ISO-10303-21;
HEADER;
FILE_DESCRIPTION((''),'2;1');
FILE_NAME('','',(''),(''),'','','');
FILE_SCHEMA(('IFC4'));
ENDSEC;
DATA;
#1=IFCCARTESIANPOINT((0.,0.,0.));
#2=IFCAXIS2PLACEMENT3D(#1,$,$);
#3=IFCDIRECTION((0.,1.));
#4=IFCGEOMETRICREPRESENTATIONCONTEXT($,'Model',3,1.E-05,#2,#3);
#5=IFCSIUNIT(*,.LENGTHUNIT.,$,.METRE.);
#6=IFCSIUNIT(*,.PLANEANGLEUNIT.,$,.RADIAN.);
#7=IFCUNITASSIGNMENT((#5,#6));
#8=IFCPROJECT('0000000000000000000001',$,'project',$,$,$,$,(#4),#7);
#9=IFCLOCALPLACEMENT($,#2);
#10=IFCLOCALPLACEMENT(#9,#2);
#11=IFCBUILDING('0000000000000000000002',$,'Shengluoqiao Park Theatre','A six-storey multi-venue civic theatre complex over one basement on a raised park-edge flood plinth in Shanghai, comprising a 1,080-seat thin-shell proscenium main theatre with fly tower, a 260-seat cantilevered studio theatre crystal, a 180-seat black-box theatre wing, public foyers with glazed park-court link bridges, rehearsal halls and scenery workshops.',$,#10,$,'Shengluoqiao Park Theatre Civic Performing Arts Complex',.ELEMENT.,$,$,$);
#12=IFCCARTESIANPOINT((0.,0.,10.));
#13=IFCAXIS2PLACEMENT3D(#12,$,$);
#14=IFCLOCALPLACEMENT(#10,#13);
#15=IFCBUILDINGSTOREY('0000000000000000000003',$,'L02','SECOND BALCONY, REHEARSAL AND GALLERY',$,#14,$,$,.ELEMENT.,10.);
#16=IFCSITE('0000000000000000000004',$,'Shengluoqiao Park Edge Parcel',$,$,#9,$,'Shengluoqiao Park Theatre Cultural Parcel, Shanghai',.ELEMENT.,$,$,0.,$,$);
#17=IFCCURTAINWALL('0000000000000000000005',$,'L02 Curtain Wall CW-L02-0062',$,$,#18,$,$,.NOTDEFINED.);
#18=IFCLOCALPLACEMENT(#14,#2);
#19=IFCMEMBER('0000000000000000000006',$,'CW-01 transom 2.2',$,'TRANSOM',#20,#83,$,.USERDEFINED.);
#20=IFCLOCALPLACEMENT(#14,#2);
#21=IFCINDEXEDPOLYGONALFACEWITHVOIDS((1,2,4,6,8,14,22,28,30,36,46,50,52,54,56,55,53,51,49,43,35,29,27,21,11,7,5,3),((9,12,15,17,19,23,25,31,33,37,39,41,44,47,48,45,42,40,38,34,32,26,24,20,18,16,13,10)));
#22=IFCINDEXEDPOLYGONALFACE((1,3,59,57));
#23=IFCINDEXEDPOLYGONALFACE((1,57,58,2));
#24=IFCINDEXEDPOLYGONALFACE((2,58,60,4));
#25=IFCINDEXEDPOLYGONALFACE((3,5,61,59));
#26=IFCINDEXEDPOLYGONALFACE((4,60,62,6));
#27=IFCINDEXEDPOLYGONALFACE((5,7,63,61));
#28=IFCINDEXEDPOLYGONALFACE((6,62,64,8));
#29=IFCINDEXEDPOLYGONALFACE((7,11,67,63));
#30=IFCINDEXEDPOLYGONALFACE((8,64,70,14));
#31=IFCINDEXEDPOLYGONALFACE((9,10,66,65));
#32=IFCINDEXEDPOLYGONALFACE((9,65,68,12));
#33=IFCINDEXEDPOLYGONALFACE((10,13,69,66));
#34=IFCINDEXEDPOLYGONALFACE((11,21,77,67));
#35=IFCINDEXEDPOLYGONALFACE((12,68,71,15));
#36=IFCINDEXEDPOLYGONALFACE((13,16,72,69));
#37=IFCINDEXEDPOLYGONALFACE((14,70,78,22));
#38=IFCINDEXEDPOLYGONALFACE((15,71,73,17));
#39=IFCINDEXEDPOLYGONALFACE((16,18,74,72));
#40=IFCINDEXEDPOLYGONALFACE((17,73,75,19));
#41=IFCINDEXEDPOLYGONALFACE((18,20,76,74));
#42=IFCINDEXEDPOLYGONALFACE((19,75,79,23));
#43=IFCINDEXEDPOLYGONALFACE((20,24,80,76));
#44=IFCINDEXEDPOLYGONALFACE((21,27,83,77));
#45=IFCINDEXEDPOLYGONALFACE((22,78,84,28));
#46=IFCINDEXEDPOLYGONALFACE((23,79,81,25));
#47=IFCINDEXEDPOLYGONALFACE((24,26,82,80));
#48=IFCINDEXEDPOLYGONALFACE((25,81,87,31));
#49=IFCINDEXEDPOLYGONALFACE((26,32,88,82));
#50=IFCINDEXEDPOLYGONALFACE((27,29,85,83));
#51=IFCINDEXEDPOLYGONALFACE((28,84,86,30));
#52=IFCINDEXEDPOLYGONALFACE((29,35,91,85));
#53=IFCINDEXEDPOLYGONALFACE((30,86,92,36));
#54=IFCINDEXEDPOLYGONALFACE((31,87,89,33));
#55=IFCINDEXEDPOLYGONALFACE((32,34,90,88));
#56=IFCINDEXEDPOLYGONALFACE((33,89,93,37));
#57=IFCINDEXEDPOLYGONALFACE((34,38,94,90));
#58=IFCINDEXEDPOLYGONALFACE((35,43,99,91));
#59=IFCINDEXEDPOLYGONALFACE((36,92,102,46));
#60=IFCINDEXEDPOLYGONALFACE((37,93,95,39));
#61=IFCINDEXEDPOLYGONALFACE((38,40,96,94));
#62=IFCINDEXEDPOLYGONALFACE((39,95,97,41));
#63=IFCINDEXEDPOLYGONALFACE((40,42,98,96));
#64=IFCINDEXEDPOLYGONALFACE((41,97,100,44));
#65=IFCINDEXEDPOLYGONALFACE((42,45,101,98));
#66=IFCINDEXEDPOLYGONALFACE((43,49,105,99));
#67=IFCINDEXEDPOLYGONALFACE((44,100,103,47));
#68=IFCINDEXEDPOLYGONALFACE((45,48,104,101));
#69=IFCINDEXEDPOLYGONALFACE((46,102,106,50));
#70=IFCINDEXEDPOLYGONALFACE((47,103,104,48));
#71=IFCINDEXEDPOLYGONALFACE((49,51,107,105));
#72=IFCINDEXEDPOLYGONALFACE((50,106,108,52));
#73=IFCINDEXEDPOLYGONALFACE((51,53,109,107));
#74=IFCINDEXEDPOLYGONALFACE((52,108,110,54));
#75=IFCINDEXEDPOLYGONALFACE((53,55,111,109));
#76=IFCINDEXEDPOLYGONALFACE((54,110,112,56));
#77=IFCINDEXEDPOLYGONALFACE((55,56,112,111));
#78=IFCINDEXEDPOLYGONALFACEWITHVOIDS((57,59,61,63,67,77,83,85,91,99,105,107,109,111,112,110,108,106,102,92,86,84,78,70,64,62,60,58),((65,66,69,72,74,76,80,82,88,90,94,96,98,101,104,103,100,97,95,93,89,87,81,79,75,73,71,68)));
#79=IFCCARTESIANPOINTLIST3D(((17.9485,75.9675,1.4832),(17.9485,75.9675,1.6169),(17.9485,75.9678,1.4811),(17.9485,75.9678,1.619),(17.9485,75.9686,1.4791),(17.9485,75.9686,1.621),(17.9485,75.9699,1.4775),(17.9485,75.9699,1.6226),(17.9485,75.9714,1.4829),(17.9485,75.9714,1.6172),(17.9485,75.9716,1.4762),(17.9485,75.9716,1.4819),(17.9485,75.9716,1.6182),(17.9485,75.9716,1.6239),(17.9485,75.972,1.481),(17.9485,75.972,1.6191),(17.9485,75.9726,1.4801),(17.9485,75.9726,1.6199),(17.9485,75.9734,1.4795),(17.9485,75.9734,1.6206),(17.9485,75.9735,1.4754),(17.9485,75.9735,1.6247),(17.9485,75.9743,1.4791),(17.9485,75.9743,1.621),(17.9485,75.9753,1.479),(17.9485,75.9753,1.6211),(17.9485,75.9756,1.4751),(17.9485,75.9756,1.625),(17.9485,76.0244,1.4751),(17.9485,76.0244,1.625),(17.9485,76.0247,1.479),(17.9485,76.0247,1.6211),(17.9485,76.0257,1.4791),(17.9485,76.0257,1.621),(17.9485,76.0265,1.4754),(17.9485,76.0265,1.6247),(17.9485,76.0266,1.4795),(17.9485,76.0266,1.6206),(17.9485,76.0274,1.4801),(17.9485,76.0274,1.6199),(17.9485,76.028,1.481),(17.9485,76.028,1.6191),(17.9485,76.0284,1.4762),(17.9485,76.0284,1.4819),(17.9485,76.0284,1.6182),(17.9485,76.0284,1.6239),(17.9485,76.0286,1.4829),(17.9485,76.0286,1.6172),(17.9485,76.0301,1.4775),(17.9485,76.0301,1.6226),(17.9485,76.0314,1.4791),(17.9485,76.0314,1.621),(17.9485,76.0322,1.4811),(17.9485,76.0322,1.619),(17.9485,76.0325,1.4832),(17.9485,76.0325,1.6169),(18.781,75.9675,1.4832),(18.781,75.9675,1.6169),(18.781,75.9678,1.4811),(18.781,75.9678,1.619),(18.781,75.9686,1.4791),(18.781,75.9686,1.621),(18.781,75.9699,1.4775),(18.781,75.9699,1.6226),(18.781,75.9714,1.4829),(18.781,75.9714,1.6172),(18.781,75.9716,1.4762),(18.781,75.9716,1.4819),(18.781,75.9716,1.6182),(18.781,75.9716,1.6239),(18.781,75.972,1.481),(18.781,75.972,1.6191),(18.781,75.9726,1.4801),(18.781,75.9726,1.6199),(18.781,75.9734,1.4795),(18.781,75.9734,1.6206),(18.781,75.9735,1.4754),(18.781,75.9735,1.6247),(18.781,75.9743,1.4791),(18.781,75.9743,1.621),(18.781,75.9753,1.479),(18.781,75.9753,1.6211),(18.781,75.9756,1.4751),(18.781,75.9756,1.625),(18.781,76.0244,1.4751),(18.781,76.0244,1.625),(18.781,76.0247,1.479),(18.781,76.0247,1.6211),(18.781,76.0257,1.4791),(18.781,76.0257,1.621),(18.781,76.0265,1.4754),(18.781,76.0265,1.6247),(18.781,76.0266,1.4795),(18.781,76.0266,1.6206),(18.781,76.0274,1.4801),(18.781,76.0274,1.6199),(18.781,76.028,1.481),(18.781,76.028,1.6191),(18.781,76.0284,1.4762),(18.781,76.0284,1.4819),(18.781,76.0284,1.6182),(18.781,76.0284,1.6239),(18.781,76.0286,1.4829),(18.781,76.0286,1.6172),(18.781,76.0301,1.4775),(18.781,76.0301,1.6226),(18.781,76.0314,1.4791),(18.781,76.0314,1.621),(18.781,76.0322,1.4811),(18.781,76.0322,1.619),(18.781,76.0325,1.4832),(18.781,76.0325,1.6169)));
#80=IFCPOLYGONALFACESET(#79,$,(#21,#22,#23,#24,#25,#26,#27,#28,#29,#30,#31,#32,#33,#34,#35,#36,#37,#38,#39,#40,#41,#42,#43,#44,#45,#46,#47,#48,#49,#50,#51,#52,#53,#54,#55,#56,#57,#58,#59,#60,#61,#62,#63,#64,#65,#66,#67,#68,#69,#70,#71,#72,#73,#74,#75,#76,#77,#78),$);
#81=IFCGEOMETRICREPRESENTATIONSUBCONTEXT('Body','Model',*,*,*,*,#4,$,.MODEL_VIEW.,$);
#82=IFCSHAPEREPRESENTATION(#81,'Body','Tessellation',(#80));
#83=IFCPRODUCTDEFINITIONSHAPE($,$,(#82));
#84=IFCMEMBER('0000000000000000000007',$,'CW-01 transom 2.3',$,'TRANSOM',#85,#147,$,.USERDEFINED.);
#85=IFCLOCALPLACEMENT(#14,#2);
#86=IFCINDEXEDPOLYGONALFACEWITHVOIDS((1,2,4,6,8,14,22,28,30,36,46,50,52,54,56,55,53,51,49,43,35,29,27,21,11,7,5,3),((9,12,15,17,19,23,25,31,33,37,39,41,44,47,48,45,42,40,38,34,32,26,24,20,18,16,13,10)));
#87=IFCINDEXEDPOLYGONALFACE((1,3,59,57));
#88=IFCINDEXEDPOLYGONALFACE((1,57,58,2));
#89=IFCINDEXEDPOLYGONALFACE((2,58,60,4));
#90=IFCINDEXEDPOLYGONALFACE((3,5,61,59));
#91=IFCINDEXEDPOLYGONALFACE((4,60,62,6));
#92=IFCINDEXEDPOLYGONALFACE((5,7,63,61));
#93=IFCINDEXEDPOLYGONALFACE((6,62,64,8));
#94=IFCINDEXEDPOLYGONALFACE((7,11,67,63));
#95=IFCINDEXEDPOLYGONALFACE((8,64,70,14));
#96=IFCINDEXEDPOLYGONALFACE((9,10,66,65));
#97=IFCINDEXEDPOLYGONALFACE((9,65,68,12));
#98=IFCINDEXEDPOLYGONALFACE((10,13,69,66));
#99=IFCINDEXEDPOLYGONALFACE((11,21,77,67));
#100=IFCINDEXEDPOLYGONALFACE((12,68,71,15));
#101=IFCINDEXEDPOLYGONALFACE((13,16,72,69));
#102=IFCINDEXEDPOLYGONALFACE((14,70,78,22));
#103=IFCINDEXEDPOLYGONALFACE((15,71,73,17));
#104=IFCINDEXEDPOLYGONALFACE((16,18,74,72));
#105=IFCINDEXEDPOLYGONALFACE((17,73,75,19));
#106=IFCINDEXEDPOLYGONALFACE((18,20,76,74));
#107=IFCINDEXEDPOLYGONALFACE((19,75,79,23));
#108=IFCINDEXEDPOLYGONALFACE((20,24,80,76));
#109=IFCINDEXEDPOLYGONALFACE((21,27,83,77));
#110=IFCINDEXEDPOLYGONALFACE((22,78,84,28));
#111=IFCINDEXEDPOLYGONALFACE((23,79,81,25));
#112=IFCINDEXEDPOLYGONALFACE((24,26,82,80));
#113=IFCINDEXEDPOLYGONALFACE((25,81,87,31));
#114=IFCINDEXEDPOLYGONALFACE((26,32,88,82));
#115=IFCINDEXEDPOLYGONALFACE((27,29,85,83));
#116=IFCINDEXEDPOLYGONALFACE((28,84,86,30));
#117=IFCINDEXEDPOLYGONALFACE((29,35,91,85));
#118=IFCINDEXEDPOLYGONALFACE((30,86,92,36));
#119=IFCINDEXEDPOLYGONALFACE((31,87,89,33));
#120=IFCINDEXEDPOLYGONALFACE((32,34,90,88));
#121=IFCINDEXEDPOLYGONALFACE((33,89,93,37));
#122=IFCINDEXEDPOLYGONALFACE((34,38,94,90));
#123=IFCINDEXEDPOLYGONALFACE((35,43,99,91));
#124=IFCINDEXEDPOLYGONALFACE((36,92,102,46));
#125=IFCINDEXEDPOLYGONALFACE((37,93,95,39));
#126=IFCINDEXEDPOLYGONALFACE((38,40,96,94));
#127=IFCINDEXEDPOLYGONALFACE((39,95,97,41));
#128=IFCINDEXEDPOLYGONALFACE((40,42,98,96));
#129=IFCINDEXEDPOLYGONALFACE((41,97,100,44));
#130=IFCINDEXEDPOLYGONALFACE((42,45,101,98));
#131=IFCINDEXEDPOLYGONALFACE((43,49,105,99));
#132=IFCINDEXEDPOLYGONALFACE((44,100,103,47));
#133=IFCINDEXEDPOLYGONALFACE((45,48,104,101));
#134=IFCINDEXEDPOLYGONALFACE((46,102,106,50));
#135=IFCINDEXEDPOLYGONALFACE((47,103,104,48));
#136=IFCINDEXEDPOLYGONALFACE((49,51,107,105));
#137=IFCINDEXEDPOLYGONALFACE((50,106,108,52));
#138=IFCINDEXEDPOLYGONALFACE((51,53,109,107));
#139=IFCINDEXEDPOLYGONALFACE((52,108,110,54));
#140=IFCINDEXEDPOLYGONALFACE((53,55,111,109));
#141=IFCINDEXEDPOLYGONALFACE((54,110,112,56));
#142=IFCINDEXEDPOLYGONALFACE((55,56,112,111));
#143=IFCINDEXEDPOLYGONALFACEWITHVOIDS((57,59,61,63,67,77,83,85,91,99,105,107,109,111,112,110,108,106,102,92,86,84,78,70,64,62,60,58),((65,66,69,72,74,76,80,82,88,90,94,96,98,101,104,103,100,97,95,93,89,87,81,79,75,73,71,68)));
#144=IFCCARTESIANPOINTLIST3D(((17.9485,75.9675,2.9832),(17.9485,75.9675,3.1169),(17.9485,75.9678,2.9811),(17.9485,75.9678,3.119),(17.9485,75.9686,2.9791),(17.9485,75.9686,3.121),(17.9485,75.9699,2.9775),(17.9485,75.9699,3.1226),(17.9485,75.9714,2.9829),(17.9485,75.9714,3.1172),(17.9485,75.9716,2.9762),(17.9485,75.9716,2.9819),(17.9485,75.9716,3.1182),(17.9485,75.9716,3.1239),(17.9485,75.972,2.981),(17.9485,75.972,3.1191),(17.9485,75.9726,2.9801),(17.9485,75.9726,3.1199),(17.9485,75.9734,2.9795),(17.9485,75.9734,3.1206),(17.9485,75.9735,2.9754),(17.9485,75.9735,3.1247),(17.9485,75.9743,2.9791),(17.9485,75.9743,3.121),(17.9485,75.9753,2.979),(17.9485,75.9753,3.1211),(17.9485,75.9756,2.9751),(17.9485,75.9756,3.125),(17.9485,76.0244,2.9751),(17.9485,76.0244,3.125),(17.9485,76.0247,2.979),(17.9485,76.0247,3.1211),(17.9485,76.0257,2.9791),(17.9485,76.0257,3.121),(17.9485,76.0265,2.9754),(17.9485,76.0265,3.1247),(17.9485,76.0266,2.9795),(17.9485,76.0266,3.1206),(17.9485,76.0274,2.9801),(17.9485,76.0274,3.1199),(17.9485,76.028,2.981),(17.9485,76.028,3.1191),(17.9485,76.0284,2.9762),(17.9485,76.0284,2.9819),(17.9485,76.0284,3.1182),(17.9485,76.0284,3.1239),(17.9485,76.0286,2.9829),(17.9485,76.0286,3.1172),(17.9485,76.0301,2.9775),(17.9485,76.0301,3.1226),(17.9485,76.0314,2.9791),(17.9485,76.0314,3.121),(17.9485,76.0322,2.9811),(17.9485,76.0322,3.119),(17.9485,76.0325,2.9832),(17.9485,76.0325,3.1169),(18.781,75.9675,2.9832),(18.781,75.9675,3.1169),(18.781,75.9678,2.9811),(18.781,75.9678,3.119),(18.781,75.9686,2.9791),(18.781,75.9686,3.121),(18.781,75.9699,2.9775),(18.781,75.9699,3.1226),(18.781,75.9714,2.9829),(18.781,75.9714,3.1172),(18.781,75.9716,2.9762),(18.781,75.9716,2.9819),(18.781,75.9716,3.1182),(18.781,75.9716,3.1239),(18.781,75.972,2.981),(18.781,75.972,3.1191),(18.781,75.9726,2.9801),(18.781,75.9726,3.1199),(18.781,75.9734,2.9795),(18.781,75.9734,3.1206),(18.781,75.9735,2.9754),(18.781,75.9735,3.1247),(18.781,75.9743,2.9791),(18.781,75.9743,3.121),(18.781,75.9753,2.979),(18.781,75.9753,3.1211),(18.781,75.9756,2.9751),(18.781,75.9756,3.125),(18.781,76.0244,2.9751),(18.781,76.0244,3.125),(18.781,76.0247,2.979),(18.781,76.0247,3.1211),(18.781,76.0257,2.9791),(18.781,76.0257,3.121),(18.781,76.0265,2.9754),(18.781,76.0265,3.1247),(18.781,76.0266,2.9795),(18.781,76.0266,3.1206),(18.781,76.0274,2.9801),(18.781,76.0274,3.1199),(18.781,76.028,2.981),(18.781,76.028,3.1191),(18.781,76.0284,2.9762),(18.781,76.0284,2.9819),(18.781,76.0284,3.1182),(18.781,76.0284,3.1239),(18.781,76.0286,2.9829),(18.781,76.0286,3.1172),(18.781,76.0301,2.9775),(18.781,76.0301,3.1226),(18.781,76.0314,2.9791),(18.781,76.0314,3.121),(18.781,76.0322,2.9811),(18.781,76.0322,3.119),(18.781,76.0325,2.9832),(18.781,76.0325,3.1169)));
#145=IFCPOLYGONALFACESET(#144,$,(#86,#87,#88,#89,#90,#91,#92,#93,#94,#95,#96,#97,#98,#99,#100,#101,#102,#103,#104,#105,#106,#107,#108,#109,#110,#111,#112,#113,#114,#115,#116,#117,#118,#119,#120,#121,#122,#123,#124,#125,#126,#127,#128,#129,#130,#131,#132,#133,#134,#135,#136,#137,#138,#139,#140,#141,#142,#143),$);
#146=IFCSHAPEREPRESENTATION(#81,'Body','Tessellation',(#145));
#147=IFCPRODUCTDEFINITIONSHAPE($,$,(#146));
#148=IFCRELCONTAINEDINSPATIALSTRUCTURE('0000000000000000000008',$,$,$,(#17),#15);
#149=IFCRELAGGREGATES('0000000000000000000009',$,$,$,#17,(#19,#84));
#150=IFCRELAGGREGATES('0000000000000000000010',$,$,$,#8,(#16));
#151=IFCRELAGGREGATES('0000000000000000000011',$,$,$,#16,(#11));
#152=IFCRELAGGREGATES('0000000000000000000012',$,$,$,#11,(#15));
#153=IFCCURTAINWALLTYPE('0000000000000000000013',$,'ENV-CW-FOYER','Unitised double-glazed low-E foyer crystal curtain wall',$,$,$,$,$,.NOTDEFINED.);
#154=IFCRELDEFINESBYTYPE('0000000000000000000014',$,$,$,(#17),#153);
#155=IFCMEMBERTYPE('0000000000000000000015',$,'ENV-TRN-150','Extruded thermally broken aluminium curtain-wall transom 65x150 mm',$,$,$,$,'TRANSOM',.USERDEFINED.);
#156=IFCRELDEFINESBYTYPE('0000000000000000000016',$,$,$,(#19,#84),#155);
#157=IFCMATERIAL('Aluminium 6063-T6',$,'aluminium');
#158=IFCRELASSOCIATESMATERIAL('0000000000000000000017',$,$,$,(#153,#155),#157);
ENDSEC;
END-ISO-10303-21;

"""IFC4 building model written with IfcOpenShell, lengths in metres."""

from ifc_helpers import new_model, si_unit, direction, frame, origin, origin_2d, place, context, subcontext, project, spatial, hollow_rectangle, extrude, material, material_profile, profile_set, type_object, element, aggregate, save


model = new_model("IFC4")

# Units and contexts
model_context = context("Model", 3, precision=1e-05, world=origin(), true_north=direction((0.0, 1.0)))
body_context = subcontext(model_context, "Body", "Model", "MODEL_VIEW")
ifc_project = project(units=[si_unit("LENGTHUNIT", "METRE"), si_unit("PLANEANGLEUNIT", "RADIAN")], contexts=[model_context])

# Site, building, storey
site_placement = place(None, origin())
site = spatial("IfcSite", under=ifc_project, at=site_placement, Name="Shengluoqiao Park Edge Parcel", LongName="Shengluoqiao Park Theatre Cultural Parcel, Shanghai", CompositionType="ELEMENT", RefElevation=0.0)
building_placement = place(site_placement, origin())
building = spatial("IfcBuilding", under=site, at=building_placement, Name="Shengluoqiao Park Theatre", Description="A six-storey multi-venue civic theatre complex over one basement on a raised park-edge flood plinth in Shanghai, comprising a 1,080-seat thin-shell proscenium main theatre with fly tower, a 260-seat cantilevered studio theatre crystal, a 180-seat black-box theatre wing, public foyers with glazed park-court link bridges, rehearsal halls and scenery workshops.", LongName="Shengluoqiao Park Theatre Civic Performing Arts Complex", CompositionType="ELEMENT")
storey_placement = place(building_placement, frame((0.0, 0.0, 10.0)))
storey = spatial("IfcBuildingStorey", under=building, at=storey_placement, Name="L02", Description="SECOND BALCONY, REHEARSAL AND GALLERY", CompositionType="ELEMENT", Elevation=10.0)

# Curtain wall
ifc_material_1 = material(Name="Aluminium 6063-T6", Category="aluminium")
curtain_wall_type = type_object("IfcCurtainWallType", Name="ENV-CW-FOYER", Description="Unitised double-glazed low-E foyer crystal curtain wall", PredefinedType="NOTDEFINED", material=ifc_material_1)
curtain_wall_1_placement = place(storey_placement, origin())
curtain_wall_1 = element("IfcCurtainWall", 1, at=curtain_wall_1_placement, inside=storey, type_object=curtain_wall_type, Name="L02 Curtain Wall CW-L02-0062", PredefinedType="NOTDEFINED")

# Members
ifc_material_profile_1 = material_profile(ifc_material_1, hollow_rectangle(XDim=0.0649, YDim=0.1499, WallThickness=0.0039, InnerFilletRadius=0.0039, OuterFilletRadius=0.0081, at=origin_2d()), Name="ALU TRANSOM 150x65x4")
ifc_profile_set_1 = profile_set([ifc_material_profile_1], Name="Aluminium 6063-T6")
member_type_1 = type_object("IfcMemberType", Name="ENV-TRN-150", Description="Extruded thermally broken aluminium curtain-wall transom 65x150 mm", ElementType="TRANSOM", PredefinedType="USERDEFINED", material=ifc_profile_set_1)
member_1_placement = place(storey_placement, frame((17.9485, 76.0, 1.55), z_axis=(1.0, 0.0, 0.0), x_axis=(0.0, 1.0, 0.0)))
member_1 = element("IfcMember", 2, at=member_1_placement, type_object=member_type_1, Name="CW-01 transom 2.2", ObjectType="TRANSOM", PredefinedType="USERDEFINED", context=body_context, shape_type="SweptSolid", body=[
    extrude(hollow_rectangle(XDim=0.0649, YDim=0.1499, WallThickness=0.0039, InnerFilletRadius=0.0039, OuterFilletRadius=0.0081, at=origin_2d()), origin(), (0.0, 0.0, 1.0), 0.8325),
])
member_2_placement = place(storey_placement, frame((17.9485, 76.0, 3.05), z_axis=(1.0, 0.0, 0.0), x_axis=(0.0, 1.0, 0.0)))
member_2 = element("IfcMember", 3, at=member_2_placement, type_object=member_type_1, Name="CW-01 transom 2.3", ObjectType="TRANSOM", PredefinedType="USERDEFINED", context=body_context, shape_type="SweptSolid", body=[
    extrude(hollow_rectangle(XDim=0.0649, YDim=0.1499, WallThickness=0.0039, InnerFilletRadius=0.0039, OuterFilletRadius=0.0081, at=origin_2d()), origin(), (0.0, 0.0, 1.0), 0.8325),
])

aggregate(curtain_wall_1, [member_1, member_2])

save(model, "model.ifc")
